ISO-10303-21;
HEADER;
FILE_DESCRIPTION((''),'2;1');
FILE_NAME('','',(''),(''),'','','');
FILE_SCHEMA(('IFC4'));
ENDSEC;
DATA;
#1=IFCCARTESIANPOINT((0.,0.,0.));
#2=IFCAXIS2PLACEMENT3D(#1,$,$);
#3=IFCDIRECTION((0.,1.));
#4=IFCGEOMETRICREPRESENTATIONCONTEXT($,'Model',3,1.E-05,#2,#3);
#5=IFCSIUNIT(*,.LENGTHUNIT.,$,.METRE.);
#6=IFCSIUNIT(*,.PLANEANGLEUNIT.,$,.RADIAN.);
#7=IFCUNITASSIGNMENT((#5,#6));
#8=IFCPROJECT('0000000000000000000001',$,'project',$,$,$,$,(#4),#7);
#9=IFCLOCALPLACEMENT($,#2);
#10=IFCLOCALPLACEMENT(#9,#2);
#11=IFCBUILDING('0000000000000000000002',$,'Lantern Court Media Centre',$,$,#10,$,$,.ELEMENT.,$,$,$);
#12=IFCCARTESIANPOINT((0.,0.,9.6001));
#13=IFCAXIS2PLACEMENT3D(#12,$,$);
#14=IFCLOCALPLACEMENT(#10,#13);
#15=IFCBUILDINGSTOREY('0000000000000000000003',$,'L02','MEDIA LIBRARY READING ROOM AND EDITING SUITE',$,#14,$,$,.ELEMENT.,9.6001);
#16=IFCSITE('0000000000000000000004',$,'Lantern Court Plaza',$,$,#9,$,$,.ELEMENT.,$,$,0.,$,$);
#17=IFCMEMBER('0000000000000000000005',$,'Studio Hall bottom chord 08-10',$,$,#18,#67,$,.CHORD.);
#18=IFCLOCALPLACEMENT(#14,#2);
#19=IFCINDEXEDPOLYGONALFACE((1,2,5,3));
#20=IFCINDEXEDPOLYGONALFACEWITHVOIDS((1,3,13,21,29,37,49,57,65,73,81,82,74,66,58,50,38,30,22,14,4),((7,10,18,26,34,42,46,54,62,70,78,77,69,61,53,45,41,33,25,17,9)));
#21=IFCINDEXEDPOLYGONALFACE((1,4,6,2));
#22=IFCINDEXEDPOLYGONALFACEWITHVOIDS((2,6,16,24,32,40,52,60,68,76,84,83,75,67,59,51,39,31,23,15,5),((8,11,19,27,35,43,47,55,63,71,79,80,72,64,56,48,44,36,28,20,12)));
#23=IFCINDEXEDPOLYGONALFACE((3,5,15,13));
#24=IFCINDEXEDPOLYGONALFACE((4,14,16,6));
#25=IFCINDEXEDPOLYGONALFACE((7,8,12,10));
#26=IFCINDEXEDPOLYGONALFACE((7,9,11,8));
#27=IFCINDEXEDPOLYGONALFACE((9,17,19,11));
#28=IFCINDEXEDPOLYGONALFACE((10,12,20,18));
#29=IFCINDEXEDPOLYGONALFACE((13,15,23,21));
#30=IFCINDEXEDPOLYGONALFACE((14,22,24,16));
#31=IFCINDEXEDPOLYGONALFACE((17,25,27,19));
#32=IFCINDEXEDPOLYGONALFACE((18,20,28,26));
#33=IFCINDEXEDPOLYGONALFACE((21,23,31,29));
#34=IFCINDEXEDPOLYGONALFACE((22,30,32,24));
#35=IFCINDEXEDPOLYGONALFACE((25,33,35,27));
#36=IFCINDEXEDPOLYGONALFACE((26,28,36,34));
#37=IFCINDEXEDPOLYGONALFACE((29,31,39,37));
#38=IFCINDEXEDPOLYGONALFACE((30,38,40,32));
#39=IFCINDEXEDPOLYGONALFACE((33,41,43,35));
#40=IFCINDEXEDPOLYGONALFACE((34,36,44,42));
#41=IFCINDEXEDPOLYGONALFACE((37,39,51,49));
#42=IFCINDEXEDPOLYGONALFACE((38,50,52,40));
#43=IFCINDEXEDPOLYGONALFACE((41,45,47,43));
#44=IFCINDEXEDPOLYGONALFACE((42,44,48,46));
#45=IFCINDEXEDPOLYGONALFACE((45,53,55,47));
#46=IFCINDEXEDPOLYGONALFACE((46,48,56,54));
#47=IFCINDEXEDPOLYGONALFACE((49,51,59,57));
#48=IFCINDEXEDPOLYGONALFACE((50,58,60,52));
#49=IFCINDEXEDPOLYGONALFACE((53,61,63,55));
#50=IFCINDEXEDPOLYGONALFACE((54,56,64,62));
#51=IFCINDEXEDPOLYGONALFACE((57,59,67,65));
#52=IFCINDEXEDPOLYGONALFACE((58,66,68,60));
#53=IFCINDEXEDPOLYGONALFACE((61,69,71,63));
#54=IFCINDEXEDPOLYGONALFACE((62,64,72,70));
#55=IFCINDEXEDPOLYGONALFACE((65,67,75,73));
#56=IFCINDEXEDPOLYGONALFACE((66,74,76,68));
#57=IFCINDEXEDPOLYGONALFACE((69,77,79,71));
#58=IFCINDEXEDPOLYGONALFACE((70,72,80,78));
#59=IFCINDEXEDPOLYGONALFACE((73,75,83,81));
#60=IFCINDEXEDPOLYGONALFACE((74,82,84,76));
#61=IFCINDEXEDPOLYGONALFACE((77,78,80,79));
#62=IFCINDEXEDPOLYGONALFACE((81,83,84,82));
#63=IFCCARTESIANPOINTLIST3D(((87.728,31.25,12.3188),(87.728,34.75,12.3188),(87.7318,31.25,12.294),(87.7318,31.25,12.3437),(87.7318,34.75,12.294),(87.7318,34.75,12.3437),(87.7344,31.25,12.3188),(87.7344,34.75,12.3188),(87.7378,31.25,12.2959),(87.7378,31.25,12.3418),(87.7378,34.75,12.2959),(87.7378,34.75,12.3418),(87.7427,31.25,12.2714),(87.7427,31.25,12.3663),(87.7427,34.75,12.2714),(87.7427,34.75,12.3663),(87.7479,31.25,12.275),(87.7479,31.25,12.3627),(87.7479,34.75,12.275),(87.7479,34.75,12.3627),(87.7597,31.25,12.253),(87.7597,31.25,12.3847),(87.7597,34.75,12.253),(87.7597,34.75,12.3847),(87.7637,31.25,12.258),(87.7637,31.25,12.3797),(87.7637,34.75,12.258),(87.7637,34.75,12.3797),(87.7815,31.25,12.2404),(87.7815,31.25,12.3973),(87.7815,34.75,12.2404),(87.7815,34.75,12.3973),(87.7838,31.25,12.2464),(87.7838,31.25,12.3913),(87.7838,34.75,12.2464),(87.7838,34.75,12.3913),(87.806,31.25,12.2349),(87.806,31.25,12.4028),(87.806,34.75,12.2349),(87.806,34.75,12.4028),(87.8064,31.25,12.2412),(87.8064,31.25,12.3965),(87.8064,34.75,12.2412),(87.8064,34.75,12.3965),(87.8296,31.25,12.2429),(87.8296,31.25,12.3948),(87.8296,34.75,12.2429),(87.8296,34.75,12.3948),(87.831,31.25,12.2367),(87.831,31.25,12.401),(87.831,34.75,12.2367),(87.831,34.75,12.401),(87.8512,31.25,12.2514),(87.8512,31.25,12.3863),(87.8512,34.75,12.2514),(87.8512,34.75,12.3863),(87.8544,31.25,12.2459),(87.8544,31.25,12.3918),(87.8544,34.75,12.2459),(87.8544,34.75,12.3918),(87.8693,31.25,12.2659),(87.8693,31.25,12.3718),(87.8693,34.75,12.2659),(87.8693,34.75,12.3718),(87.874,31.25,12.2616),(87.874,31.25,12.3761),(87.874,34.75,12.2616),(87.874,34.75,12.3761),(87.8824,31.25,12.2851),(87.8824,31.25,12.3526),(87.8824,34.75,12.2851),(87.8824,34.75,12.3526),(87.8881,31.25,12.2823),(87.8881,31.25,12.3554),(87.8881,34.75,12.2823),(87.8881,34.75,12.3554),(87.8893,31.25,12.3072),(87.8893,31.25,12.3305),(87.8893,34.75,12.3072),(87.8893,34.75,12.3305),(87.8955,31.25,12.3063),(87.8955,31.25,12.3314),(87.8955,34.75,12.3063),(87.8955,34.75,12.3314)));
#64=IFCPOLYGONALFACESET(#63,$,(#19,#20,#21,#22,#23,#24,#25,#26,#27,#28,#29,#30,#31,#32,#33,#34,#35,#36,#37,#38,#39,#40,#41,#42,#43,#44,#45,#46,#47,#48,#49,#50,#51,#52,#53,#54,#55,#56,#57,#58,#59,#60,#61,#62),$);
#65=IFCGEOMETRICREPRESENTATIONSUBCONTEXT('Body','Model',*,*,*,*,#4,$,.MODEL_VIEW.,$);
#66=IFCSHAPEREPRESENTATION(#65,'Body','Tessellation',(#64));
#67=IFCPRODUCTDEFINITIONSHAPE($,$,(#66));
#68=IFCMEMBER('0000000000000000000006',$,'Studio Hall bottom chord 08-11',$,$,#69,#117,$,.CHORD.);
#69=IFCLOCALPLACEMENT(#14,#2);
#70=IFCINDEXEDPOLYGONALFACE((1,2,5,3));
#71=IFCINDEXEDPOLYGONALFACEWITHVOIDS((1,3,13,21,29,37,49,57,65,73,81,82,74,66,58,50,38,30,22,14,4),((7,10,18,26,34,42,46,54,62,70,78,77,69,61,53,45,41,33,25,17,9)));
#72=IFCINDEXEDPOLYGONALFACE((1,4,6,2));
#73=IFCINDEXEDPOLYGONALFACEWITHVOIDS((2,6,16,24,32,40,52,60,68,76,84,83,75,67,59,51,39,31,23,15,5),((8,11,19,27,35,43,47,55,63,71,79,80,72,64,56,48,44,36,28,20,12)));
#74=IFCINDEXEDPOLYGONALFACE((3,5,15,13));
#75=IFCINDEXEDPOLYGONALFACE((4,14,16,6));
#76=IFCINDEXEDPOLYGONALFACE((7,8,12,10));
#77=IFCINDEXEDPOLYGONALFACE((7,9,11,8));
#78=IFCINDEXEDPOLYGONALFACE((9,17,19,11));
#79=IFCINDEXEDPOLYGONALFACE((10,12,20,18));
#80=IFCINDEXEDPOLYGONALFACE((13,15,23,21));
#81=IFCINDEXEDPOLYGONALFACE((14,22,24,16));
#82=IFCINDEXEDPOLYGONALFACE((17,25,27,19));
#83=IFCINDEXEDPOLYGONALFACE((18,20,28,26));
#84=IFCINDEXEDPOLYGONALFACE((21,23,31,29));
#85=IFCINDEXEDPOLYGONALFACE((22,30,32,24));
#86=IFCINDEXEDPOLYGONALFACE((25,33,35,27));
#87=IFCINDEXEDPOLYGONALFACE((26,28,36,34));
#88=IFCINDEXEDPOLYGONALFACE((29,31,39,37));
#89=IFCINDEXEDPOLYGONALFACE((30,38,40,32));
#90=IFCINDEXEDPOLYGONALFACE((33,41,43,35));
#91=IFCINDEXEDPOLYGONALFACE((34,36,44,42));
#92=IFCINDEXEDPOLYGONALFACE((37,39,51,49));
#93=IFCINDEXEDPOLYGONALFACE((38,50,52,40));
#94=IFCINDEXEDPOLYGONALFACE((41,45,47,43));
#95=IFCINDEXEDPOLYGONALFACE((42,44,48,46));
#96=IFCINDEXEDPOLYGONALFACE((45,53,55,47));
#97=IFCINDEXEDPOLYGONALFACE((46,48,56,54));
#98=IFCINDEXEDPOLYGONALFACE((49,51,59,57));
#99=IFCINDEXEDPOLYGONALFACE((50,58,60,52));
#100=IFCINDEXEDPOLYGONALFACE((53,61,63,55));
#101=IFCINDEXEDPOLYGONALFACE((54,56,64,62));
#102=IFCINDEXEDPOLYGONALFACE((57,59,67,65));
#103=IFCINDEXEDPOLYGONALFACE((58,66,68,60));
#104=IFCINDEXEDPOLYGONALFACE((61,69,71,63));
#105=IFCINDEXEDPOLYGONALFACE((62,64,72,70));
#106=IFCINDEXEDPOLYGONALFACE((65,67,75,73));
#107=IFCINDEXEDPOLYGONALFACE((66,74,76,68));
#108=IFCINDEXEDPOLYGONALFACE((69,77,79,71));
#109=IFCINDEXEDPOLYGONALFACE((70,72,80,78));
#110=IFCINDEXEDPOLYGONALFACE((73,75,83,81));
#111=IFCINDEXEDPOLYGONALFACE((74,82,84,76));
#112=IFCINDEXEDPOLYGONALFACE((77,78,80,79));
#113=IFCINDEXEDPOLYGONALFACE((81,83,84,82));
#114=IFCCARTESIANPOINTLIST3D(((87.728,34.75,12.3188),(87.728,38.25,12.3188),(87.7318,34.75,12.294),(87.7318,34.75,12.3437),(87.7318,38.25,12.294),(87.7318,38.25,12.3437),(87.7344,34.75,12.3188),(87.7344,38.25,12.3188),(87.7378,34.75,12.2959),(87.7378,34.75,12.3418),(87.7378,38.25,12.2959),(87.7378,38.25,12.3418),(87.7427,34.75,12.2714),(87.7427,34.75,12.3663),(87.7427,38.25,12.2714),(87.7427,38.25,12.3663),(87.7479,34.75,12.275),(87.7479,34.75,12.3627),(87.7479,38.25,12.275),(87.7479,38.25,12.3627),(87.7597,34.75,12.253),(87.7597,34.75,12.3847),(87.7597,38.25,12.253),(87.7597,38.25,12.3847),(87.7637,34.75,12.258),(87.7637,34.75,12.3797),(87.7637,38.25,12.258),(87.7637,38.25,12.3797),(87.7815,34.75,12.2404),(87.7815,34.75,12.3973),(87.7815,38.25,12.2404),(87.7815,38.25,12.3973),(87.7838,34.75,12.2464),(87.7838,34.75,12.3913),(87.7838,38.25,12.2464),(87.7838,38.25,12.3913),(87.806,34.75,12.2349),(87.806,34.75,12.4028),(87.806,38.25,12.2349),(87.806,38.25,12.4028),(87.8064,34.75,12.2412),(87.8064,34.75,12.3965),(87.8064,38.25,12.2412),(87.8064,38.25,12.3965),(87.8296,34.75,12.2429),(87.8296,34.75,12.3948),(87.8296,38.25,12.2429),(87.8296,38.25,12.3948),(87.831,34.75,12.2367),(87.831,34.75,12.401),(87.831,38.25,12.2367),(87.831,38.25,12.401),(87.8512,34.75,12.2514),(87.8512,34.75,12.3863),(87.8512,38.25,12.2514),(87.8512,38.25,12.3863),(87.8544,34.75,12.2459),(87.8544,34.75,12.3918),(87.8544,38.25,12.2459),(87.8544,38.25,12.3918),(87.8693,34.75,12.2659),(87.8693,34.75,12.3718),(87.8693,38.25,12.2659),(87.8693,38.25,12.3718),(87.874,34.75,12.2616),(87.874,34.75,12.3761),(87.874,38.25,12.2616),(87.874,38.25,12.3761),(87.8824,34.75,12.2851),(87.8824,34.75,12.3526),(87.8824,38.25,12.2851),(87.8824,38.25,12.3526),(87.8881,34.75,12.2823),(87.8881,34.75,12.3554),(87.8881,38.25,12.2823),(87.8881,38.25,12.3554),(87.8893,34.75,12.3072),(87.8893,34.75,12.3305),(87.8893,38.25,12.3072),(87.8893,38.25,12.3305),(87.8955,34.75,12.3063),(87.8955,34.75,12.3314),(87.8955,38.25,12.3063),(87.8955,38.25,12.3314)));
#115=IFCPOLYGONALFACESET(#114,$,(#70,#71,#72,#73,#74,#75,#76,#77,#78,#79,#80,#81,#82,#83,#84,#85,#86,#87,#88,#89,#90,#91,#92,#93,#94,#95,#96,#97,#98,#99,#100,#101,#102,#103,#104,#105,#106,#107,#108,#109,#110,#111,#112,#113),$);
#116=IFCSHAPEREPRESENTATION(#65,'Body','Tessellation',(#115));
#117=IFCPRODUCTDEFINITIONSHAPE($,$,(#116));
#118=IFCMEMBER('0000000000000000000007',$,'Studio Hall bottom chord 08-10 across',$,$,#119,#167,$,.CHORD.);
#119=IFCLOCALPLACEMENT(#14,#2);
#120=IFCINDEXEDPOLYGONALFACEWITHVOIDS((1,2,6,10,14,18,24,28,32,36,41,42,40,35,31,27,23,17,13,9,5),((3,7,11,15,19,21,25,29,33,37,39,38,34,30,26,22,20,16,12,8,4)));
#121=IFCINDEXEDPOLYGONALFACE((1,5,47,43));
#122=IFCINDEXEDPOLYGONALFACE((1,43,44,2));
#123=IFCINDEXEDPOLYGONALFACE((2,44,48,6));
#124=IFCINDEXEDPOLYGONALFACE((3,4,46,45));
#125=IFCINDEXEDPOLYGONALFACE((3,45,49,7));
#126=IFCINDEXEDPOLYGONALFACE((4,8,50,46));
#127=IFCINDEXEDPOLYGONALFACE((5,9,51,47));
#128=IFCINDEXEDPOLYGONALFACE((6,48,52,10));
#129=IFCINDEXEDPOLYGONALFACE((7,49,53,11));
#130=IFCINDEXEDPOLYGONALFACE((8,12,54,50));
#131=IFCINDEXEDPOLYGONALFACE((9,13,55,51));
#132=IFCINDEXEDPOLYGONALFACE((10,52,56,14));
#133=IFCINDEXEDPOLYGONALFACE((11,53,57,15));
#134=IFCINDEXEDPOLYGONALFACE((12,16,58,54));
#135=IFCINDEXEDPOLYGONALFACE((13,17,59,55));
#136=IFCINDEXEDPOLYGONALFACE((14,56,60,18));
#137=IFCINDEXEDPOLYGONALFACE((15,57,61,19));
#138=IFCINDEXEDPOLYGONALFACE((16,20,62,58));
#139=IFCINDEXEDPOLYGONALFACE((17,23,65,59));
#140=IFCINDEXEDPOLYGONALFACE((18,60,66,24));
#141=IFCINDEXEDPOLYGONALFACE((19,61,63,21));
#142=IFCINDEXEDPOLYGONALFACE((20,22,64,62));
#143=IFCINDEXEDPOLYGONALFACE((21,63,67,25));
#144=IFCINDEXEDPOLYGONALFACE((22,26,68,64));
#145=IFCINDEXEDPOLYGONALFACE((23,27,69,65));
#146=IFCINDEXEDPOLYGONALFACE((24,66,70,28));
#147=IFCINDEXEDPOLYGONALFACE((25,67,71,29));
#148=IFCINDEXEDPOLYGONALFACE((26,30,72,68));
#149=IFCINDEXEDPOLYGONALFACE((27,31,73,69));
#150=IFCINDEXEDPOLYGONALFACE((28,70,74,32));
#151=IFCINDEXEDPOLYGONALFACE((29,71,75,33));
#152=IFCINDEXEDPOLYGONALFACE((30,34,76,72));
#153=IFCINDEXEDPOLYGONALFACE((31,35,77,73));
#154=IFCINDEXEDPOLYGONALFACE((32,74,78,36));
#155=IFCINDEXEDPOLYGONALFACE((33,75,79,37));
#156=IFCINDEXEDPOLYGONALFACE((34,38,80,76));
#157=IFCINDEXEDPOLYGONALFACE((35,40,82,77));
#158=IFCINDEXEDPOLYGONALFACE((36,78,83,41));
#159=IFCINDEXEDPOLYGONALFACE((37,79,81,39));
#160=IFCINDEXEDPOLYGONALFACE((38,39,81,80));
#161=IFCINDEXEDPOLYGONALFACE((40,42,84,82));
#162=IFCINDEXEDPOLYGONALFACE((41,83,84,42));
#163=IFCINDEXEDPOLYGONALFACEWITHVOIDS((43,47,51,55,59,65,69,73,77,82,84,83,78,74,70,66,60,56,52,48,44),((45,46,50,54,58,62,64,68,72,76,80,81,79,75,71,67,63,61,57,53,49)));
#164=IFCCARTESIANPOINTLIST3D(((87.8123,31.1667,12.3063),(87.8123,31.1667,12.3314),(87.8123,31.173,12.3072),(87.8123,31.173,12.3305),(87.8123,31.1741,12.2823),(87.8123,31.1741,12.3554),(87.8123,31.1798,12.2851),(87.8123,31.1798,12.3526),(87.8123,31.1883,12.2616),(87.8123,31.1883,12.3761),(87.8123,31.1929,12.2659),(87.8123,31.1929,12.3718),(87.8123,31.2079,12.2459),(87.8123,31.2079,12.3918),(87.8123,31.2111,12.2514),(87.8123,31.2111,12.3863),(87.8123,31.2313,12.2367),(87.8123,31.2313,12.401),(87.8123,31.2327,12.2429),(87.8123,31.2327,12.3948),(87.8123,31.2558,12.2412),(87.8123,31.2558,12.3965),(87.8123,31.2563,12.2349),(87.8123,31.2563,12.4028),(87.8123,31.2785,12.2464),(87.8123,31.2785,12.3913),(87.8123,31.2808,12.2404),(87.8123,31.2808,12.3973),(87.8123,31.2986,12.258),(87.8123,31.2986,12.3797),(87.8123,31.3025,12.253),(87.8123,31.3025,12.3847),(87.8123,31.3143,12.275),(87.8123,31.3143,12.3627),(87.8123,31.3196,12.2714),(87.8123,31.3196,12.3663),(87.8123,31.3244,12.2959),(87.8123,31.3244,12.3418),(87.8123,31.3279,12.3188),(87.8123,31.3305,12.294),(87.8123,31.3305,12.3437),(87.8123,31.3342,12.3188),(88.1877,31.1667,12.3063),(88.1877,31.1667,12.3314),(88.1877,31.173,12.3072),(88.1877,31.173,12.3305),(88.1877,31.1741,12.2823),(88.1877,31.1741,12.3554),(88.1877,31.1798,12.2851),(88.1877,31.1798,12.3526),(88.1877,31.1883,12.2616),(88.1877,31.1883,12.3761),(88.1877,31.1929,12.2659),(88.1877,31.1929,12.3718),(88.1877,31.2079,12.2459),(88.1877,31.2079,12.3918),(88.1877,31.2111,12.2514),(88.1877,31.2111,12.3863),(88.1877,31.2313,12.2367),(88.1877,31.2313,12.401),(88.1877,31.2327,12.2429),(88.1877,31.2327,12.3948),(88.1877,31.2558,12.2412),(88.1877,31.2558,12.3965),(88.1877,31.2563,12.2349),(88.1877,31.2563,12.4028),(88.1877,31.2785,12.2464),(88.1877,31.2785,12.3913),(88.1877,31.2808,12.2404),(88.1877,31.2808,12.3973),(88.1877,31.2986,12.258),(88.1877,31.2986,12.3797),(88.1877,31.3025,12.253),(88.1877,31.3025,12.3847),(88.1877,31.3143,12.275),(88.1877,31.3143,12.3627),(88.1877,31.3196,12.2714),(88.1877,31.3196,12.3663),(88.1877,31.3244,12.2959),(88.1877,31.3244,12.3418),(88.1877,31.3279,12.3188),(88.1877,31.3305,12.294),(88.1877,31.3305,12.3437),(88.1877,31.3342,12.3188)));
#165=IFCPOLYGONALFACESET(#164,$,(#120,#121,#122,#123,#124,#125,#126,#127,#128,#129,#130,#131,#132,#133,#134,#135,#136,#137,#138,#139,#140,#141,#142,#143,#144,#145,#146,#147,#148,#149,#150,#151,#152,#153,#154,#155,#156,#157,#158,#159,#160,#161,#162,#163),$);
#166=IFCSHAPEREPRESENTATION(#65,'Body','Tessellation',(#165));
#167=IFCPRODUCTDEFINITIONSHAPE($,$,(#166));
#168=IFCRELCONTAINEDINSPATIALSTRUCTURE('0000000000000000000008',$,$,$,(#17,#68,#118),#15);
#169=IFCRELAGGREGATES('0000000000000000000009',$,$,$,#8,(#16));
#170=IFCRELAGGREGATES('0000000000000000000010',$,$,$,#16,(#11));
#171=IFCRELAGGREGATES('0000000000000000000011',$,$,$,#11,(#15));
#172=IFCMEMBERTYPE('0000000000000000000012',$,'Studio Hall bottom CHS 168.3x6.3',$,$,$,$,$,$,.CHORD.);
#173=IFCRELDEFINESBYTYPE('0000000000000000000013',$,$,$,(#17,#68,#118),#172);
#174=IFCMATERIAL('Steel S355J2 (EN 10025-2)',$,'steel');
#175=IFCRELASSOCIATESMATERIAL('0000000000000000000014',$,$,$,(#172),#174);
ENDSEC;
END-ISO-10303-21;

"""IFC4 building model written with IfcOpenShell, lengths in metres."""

from ifc_helpers import new_model, si_unit, direction, frame, origin, origin_2d, place, context, subcontext, project, spatial, hollow_circle, extrude, material, material_profile, profile_set, type_object, element, save


model = new_model("IFC4")

# Units and contexts
model_context = context("Model", 3, precision=1e-05, world=origin(), true_north=direction((0.0, 1.0)))
body_context = subcontext(model_context, "Body", "Model", "MODEL_VIEW")
ifc_project = project(units=[si_unit("LENGTHUNIT", "METRE"), si_unit("PLANEANGLEUNIT", "RADIAN")], contexts=[model_context])

# Site, building, storey
site_placement = place(None, origin())
site = spatial("IfcSite", under=ifc_project, at=site_placement, Name="Lantern Court Plaza", CompositionType="ELEMENT", RefElevation=0.0)
building_placement = place(site_placement, origin())
building = spatial("IfcBuilding", under=site, at=building_placement, Name="Lantern Court Media Centre", CompositionType="ELEMENT")
storey_placement = place(building_placement, frame((0.0, 0.0, 9.6001)))
storey = spatial("IfcBuildingStorey", under=building, at=storey_placement, Name="L02", Description="MEDIA LIBRARY READING ROOM AND EDITING SUITE", CompositionType="ELEMENT", Elevation=9.6001)

# Members
ifc_material = material(Name="Steel S355J2 (EN 10025-2)", Category="steel")
ifc_material_profile_1 = material_profile(ifc_material, hollow_circle(Radius=0.0842, WallThickness=0.0063, at=origin_2d()), Name="Studio Hall bottom CHS 168.3x6.3")
ifc_profile_set_1 = profile_set([ifc_material_profile_1], Name="Steel S355J2 (EN 10025-2)")
member_type_1 = type_object("IfcMemberType", Name="Studio Hall bottom CHS 168.3x6.3", PredefinedType="CHORD", material=ifc_profile_set_1)
for number, where, z_axis, x_axis, name in (
    (1, (87.8123, 31.25, 12.3188), (0.0, 1.0, 0.0), (-1.0, 0.0, 0.0), "Studio Hall bottom chord 08-10"),
    (2, (87.8123, 34.75, 12.3188), (0.0, 1.0, 0.0), (-1.0, 0.0, 0.0), "Studio Hall bottom chord 08-11"),
):
    element("IfcMember", number, at=place(storey_placement, frame(where, z_axis=z_axis, x_axis=x_axis)), inside=storey, type_object=member_type_1, Name=name, PredefinedType="CHORD", context=body_context, shape_type="SweptSolid", body=[
        extrude(hollow_circle(Radius=0.0842, WallThickness=0.0063, at=origin_2d()), origin(), (0.0, 0.0, 1.0), 3.5),
    ])
for number, where, z_axis, x_axis, name in (
    (3, (87.8123, 31.25, 12.3188), (1.0, 0.0, 0.0), (0.0, 1.0, 0.0), "Studio Hall bottom chord 08-10 across"),
):
    element("IfcMember", number, at=place(storey_placement, frame(where, z_axis=z_axis, x_axis=x_axis)), inside=storey, type_object=member_type_1, Name=name, PredefinedType="CHORD", context=body_context, shape_type="SweptSolid", body=[
        extrude(hollow_circle(Radius=0.0842, WallThickness=0.0063, at=origin_2d()), origin(), (0.0, 0.0, 1.0), 0.3755),
    ])

save(model, "model.ifc")
